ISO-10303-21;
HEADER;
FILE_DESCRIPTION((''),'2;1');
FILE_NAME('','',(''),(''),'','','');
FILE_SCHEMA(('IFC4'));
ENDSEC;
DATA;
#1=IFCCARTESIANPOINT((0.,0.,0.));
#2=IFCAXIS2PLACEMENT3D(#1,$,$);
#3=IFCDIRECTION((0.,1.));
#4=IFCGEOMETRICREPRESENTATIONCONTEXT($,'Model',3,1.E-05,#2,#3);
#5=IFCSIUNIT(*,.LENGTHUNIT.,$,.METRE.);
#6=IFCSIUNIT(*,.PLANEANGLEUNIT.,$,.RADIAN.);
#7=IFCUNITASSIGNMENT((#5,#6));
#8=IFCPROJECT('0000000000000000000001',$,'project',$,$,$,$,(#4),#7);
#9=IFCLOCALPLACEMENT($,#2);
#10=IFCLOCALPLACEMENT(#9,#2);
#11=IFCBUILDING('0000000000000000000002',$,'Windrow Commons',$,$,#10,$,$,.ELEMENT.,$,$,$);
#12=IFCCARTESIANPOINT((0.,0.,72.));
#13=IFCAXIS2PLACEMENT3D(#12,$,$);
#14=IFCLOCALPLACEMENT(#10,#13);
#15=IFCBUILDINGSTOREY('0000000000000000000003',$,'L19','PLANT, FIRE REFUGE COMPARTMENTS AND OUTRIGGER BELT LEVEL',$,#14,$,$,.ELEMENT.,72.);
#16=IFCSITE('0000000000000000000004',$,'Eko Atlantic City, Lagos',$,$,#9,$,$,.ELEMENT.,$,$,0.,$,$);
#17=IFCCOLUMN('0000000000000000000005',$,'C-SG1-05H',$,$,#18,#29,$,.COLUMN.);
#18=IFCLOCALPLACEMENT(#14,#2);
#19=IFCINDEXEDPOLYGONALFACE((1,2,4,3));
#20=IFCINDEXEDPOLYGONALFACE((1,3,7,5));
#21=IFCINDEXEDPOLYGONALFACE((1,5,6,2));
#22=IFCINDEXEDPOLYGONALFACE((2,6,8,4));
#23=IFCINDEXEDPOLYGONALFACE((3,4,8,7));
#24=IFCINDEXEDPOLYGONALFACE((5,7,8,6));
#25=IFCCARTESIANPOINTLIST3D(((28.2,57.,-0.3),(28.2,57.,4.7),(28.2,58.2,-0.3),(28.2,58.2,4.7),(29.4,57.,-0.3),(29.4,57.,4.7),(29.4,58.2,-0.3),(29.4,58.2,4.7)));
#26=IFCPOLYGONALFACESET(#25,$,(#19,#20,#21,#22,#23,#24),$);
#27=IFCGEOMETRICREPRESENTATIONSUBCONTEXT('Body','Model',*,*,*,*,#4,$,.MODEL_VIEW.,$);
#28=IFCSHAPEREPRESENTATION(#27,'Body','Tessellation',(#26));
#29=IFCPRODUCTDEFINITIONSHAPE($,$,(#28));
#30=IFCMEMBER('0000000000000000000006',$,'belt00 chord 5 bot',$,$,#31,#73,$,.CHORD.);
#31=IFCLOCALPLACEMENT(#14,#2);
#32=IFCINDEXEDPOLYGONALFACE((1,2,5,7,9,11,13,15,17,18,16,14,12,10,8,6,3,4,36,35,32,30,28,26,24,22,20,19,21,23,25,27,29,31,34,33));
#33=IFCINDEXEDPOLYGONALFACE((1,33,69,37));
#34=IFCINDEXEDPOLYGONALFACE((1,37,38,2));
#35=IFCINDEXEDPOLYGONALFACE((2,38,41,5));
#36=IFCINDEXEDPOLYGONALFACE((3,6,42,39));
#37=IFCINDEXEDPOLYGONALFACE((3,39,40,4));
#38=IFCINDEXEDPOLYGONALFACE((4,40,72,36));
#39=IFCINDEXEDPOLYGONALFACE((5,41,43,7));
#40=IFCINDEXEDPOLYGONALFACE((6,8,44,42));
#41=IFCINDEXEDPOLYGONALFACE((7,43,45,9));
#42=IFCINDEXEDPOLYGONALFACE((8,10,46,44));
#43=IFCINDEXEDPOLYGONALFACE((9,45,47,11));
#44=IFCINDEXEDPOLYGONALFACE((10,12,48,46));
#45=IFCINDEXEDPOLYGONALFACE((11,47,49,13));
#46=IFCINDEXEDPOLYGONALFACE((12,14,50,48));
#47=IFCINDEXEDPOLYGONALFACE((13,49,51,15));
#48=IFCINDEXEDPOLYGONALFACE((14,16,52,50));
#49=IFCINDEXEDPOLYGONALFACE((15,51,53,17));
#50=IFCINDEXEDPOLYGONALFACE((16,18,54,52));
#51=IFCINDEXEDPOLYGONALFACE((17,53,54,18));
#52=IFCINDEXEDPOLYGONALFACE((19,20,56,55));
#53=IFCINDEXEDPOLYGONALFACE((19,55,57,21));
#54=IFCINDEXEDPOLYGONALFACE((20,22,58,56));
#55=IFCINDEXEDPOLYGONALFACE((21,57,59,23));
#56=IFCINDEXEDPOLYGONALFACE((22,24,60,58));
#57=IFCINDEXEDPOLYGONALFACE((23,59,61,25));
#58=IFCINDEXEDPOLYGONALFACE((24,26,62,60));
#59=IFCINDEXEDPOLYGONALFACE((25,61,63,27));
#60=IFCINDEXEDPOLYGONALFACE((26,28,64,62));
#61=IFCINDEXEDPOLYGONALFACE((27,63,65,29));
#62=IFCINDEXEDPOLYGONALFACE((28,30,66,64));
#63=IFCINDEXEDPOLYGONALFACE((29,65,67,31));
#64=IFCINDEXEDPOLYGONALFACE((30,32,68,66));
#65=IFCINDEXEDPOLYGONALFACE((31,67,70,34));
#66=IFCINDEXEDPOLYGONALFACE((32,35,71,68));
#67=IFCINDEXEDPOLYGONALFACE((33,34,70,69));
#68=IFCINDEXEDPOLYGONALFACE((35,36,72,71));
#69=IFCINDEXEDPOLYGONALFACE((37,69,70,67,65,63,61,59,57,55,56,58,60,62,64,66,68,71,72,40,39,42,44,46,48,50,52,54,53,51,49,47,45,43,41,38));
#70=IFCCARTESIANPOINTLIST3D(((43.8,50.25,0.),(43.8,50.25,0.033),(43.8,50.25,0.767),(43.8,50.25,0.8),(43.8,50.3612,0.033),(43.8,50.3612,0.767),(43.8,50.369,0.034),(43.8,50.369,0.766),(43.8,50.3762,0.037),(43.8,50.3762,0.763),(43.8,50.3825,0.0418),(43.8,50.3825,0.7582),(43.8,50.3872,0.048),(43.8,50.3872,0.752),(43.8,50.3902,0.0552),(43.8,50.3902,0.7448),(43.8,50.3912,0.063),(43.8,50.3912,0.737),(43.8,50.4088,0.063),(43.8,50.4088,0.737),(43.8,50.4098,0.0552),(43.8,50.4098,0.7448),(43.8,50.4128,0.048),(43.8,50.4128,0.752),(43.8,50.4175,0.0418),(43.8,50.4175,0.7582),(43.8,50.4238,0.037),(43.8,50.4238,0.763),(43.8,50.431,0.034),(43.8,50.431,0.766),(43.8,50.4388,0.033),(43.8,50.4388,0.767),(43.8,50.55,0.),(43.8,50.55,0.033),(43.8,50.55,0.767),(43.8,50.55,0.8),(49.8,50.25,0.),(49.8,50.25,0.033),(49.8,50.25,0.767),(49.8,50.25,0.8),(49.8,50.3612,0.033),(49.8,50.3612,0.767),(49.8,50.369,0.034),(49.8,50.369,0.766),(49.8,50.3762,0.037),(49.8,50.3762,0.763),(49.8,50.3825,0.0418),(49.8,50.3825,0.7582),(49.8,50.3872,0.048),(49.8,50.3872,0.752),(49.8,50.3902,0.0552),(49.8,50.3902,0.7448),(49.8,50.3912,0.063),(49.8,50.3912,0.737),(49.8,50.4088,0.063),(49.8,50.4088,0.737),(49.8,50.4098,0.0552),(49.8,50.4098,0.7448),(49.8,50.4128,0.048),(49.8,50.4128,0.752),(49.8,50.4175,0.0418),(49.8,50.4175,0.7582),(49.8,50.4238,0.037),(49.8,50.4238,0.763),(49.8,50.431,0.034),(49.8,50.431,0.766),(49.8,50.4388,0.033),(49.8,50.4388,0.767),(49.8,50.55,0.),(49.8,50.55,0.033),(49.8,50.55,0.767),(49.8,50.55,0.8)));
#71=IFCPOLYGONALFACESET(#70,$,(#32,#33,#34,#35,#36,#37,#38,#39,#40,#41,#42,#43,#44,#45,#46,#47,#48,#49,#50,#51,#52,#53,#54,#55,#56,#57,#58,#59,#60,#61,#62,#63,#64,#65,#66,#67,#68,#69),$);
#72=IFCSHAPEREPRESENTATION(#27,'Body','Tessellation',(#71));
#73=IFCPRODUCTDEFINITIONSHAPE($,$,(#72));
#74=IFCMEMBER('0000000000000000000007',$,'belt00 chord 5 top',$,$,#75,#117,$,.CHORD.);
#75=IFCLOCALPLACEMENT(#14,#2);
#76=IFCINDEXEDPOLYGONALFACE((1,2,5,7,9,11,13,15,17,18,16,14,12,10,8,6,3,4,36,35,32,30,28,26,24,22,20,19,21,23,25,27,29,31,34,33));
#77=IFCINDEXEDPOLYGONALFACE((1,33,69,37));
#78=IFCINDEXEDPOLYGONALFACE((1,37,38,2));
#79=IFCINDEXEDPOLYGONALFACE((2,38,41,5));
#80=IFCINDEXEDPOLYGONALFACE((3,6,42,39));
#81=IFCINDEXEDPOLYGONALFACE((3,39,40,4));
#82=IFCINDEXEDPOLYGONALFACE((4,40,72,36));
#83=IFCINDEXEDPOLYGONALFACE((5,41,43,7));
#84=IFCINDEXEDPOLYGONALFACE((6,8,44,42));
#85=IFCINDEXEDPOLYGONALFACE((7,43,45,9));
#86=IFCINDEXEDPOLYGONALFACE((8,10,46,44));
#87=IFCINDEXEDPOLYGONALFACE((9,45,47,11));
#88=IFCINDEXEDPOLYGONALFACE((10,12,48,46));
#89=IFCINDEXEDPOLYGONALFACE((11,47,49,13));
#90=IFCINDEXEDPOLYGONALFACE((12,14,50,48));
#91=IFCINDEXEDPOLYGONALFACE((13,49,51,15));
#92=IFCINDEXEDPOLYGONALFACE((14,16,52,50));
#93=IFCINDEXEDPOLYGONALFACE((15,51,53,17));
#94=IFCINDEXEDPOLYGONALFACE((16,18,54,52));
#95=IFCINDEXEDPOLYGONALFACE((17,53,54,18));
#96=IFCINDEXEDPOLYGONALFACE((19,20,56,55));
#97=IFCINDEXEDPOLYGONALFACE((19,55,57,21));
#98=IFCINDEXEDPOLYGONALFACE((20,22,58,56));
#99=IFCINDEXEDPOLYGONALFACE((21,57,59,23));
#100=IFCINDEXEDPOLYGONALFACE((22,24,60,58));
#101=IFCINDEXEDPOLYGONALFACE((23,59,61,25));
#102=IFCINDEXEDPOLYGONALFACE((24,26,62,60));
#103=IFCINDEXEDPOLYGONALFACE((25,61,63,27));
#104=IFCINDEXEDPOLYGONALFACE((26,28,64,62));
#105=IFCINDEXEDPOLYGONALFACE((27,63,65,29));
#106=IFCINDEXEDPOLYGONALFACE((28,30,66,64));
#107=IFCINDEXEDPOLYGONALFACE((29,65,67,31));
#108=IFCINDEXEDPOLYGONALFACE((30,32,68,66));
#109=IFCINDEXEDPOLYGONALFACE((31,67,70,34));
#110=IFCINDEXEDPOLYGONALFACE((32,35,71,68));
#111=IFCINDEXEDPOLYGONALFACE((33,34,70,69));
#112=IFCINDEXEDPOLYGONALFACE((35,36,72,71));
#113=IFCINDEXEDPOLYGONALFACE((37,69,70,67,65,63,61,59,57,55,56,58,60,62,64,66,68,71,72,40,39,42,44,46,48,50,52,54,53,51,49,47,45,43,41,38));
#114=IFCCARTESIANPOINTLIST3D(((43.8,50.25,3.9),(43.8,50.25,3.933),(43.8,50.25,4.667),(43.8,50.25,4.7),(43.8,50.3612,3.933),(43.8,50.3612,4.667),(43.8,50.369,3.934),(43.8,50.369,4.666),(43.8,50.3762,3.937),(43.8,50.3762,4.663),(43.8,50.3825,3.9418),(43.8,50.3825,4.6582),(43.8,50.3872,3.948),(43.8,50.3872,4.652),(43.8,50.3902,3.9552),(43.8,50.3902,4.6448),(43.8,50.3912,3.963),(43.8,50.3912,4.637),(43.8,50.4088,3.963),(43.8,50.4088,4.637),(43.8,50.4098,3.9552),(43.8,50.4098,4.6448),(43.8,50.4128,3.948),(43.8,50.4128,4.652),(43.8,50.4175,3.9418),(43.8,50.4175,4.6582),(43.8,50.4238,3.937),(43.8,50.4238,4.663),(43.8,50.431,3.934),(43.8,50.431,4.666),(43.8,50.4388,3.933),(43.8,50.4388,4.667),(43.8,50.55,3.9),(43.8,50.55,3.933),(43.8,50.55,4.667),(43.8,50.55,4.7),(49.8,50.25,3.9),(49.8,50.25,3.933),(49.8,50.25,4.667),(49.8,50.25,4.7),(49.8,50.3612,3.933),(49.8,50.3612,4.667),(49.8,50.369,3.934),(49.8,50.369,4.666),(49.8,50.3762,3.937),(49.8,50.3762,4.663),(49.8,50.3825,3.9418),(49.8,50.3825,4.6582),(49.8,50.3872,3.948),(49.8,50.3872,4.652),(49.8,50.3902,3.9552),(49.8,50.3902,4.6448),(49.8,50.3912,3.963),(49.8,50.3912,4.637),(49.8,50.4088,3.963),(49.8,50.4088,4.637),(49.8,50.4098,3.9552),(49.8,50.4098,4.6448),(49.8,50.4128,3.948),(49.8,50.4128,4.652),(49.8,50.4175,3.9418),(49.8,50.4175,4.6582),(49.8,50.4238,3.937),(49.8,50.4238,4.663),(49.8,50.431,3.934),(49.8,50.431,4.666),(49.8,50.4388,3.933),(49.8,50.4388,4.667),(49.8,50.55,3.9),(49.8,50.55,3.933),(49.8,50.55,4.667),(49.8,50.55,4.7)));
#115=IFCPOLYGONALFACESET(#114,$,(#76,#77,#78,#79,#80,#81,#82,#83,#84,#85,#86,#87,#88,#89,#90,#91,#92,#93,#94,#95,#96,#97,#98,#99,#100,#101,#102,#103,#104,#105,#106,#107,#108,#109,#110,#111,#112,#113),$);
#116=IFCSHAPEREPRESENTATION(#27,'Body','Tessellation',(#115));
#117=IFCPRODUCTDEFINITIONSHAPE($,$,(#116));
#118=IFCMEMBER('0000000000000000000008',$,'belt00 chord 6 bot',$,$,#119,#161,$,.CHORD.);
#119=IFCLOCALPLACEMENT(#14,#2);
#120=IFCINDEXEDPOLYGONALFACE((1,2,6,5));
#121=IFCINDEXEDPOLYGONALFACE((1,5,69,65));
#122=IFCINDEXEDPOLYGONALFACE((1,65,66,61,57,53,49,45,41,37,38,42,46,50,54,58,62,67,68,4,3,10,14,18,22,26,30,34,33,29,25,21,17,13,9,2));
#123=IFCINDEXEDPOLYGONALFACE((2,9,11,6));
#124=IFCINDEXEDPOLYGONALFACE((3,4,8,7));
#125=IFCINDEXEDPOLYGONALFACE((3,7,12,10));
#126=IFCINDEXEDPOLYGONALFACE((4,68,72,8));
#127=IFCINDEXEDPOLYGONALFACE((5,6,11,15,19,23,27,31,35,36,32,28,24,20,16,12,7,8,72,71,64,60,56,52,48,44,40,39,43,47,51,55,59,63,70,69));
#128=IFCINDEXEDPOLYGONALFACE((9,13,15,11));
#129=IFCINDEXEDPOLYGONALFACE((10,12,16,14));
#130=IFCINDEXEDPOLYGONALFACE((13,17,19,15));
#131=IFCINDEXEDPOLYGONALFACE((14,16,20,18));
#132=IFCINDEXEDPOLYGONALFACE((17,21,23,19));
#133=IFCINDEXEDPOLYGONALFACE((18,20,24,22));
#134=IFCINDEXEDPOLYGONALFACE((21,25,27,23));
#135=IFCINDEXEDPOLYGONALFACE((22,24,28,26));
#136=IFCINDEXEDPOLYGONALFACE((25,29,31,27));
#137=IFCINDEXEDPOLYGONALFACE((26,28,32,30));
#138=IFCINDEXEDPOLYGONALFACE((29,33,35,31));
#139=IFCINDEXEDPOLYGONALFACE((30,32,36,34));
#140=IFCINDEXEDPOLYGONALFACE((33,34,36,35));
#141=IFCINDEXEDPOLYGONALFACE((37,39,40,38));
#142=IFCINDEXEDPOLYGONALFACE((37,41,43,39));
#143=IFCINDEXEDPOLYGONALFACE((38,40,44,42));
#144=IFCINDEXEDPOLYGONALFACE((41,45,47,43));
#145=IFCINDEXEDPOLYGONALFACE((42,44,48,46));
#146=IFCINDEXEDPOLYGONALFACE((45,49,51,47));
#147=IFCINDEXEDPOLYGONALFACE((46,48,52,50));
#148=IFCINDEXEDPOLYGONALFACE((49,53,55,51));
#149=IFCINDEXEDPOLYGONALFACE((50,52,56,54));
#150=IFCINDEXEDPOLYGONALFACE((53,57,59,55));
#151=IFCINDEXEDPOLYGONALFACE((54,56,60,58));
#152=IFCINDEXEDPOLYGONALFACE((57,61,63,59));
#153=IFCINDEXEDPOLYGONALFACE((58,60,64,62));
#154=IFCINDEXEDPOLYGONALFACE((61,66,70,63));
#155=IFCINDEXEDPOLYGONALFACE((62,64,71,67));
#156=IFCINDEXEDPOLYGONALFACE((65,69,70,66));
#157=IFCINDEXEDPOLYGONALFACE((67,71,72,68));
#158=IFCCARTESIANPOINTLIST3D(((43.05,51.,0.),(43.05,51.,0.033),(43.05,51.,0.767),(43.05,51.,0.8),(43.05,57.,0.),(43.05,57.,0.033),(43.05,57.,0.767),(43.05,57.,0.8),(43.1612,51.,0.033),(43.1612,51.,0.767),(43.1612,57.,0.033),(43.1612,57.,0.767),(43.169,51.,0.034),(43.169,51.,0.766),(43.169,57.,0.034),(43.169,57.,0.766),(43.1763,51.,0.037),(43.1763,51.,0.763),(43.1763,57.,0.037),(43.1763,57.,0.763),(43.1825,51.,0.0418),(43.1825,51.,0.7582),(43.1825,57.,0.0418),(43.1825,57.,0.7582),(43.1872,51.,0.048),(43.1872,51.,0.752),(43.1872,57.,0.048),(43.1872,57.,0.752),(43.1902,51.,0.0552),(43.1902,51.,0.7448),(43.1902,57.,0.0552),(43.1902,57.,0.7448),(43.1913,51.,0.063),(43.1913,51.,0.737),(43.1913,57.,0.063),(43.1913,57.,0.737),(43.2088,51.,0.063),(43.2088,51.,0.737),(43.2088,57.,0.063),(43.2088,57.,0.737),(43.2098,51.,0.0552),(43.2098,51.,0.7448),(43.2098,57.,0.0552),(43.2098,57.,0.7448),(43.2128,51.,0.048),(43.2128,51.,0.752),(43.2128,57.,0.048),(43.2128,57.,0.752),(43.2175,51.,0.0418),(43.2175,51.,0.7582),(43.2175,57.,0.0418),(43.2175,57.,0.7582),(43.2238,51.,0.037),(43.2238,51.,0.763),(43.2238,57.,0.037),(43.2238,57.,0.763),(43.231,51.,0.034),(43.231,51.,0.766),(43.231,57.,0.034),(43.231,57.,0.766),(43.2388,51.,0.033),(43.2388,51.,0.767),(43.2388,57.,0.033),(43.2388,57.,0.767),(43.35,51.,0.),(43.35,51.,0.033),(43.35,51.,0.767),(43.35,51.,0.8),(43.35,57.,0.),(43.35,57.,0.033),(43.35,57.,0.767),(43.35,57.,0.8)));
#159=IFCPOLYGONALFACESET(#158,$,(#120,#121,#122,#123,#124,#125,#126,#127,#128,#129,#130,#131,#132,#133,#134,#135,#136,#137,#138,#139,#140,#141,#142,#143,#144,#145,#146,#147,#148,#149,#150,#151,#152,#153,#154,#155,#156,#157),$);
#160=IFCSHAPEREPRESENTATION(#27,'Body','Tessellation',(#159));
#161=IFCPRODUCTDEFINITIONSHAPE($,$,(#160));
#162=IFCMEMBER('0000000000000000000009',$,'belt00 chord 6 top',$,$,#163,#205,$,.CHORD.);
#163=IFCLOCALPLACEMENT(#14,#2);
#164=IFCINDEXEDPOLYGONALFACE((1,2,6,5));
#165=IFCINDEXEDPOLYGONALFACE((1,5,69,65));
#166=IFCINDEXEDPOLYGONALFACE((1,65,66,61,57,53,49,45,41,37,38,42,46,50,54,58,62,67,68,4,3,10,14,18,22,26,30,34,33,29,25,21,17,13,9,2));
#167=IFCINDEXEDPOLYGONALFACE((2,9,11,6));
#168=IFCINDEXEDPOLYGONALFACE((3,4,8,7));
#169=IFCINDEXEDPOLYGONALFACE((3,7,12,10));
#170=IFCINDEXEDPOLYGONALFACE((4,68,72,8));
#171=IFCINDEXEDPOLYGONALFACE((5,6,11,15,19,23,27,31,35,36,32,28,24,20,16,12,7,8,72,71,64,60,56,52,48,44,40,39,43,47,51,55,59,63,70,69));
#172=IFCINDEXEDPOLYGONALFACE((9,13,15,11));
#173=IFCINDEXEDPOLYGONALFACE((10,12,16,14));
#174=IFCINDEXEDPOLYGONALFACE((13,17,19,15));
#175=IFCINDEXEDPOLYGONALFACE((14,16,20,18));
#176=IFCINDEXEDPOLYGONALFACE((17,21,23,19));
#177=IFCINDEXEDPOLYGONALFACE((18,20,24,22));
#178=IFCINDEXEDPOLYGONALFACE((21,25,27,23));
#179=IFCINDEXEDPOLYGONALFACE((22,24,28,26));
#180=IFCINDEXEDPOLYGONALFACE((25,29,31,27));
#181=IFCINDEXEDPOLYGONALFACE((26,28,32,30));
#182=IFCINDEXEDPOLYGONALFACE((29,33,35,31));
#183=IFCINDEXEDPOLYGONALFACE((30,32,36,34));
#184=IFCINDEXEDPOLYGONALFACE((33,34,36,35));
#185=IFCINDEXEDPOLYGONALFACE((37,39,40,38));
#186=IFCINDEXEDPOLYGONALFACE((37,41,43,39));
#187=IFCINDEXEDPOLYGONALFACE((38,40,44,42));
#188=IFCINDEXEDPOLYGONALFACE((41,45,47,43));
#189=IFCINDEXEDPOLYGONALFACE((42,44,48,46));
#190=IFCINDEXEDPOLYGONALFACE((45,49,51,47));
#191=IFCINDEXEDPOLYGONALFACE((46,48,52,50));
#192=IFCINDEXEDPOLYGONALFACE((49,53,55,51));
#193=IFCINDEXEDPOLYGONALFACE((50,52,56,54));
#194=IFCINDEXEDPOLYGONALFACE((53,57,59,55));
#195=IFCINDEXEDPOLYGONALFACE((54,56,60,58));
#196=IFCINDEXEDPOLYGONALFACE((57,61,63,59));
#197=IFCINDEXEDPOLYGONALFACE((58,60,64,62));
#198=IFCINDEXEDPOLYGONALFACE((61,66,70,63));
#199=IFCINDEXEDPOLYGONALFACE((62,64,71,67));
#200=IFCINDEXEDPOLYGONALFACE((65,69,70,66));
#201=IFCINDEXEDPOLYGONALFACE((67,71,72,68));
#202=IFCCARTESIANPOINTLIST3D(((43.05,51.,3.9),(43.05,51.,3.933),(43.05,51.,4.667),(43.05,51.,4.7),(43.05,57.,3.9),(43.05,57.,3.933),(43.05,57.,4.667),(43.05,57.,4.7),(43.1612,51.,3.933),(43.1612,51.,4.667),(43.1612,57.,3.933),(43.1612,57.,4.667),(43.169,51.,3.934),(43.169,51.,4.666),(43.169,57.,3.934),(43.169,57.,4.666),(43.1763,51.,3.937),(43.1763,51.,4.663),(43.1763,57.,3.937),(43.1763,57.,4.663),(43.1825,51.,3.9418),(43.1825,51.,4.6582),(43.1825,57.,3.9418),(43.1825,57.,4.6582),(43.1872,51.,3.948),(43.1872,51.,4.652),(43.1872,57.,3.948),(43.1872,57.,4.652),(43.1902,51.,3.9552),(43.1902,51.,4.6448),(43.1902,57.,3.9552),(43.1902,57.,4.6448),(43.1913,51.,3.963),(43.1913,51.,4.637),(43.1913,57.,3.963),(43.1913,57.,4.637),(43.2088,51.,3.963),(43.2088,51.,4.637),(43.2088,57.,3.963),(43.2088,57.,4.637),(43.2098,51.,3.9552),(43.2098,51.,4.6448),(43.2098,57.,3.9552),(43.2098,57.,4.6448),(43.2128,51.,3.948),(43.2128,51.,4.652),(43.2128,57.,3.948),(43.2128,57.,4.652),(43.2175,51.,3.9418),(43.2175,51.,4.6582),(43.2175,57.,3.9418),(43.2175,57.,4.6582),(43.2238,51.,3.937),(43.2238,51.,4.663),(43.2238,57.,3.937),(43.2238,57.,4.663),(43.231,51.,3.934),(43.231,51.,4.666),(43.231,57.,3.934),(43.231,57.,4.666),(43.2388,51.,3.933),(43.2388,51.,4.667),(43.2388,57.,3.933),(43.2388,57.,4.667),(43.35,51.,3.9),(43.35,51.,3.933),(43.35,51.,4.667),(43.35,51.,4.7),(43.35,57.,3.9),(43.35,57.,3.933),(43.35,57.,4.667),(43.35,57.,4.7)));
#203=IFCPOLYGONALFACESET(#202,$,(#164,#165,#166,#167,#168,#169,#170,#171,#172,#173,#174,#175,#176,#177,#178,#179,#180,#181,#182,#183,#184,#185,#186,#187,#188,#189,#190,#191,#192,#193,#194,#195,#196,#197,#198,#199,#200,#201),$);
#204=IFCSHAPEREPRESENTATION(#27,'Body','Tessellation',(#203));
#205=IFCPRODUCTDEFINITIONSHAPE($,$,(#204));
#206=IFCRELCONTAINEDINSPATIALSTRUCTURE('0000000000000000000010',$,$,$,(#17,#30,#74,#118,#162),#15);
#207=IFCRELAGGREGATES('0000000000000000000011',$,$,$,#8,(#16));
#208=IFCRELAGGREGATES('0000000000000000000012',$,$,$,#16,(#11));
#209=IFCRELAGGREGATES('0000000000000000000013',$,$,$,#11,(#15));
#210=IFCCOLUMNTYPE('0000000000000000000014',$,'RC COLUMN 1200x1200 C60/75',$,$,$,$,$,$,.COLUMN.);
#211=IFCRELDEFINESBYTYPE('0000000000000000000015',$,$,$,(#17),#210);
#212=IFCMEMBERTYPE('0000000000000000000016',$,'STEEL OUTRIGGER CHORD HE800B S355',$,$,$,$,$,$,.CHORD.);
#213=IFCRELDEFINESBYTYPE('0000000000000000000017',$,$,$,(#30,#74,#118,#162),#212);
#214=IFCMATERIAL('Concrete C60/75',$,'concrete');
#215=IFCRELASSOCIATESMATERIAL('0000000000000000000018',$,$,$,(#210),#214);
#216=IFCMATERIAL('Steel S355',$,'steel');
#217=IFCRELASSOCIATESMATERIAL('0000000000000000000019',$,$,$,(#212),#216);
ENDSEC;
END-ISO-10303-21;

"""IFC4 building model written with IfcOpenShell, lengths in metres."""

from ifc_helpers import new_model, si_unit, direction, frame, origin, origin_2d, place, context, subcontext, project, spatial, rectangle, i_section, extrude, material, material_profile, profile_set, type_object, element, save


model = new_model("IFC4")

# Units and contexts
model_context = context("Model", 3, precision=1e-05, world=origin(), true_north=direction((0.0, 1.0)))
body_context = subcontext(model_context, "Body", "Model", "MODEL_VIEW")
ifc_project = project(units=[si_unit("LENGTHUNIT", "METRE"), si_unit("PLANEANGLEUNIT", "RADIAN")], contexts=[model_context])

# Site, building, storey
site_placement = place(None, origin())
site = spatial("IfcSite", under=ifc_project, at=site_placement, Name="Eko Atlantic City, Lagos", CompositionType="ELEMENT", RefElevation=0.0)
building_placement = place(site_placement, origin())
building = spatial("IfcBuilding", under=site, at=building_placement, Name="Windrow Commons", CompositionType="ELEMENT")
storey_placement = place(building_placement, frame((0.0, 0.0, 72.0)))
storey = spatial("IfcBuildingStorey", under=building, at=storey_placement, Name="L19", Description="PLANT, FIRE REFUGE COMPARTMENTS AND OUTRIGGER BELT LEVEL", CompositionType="ELEMENT", Elevation=72.0)

# Column
ifc_material_1 = material(Name="Concrete C60/75", Category="concrete")
ifc_material_profile_1 = material_profile(ifc_material_1, rectangle(XDim=1.2, YDim=1.2, at=origin_2d()))
ifc_profile_set_1 = profile_set([ifc_material_profile_1], Name="Concrete C60/75")
column_type = type_object("IfcColumnType", Name="RC COLUMN 1200x1200 C60/75", PredefinedType="COLUMN", material=ifc_profile_set_1)
column_placement = place(storey_placement, frame((28.8, 57.6, -0.3), z_axis=(0.0, 0.0, 1.0), x_axis=(1.0, 0.0, 0.0)))
element("IfcColumn", 1, at=column_placement, inside=storey, type_object=column_type, Name="C-SG1-05H", PredefinedType="COLUMN", context=body_context, shape_type="SweptSolid", body=[
    extrude(rectangle(XDim=1.2, YDim=1.2, at=origin_2d()), origin(), (0.0, 0.0, 1.0), 5.0),
])

# Members
ifc_material_2 = material(Name="Steel S355", Category="steel")
ifc_material_profile_2 = material_profile(ifc_material_2, i_section(OverallWidth=0.3, OverallDepth=0.8, WebThickness=0.0175, FlangeThickness=0.033, FilletRadius=0.03, at=origin_2d()))
ifc_profile_set_2 = profile_set([ifc_material_profile_2], Name="Steel S355")
member_type_1 = type_object("IfcMemberType", Name="STEEL OUTRIGGER CHORD HE800B S355", PredefinedType="CHORD", material=ifc_profile_set_2)
for number, where, z_axis, x_axis, name in (
    (2, (49.8, 50.4, 0.4), (-1.0, 0.0, 0.0), (0.0, -1.0, 0.0), "belt00 chord 5 bot"),
    (3, (49.8, 50.4, 4.3), (-1.0, 0.0, 0.0), (0.0, -1.0, 0.0), "belt00 chord 5 top"),
    (4, (43.2, 51.0, 0.4), (0.0, 1.0, 0.0), (-1.0, 0.0, 0.0), "belt00 chord 6 bot"),
    (5, (43.2, 51.0, 4.3), (0.0, 1.0, 0.0), (-1.0, 0.0, 0.0), "belt00 chord 6 top"),
):
    element("IfcMember", number, at=place(storey_placement, frame(where, z_axis=z_axis, x_axis=x_axis)), inside=storey, type_object=member_type_1, Name=name, PredefinedType="CHORD", context=body_context, shape_type="SweptSolid", body=[
        extrude(i_section(OverallWidth=0.3, OverallDepth=0.8, WebThickness=0.0175, FlangeThickness=0.033, FilletRadius=0.03, at=origin_2d()), origin(), (0.0, 0.0, 1.0), 6.0),
    ])

save(model, "model.ifc")
